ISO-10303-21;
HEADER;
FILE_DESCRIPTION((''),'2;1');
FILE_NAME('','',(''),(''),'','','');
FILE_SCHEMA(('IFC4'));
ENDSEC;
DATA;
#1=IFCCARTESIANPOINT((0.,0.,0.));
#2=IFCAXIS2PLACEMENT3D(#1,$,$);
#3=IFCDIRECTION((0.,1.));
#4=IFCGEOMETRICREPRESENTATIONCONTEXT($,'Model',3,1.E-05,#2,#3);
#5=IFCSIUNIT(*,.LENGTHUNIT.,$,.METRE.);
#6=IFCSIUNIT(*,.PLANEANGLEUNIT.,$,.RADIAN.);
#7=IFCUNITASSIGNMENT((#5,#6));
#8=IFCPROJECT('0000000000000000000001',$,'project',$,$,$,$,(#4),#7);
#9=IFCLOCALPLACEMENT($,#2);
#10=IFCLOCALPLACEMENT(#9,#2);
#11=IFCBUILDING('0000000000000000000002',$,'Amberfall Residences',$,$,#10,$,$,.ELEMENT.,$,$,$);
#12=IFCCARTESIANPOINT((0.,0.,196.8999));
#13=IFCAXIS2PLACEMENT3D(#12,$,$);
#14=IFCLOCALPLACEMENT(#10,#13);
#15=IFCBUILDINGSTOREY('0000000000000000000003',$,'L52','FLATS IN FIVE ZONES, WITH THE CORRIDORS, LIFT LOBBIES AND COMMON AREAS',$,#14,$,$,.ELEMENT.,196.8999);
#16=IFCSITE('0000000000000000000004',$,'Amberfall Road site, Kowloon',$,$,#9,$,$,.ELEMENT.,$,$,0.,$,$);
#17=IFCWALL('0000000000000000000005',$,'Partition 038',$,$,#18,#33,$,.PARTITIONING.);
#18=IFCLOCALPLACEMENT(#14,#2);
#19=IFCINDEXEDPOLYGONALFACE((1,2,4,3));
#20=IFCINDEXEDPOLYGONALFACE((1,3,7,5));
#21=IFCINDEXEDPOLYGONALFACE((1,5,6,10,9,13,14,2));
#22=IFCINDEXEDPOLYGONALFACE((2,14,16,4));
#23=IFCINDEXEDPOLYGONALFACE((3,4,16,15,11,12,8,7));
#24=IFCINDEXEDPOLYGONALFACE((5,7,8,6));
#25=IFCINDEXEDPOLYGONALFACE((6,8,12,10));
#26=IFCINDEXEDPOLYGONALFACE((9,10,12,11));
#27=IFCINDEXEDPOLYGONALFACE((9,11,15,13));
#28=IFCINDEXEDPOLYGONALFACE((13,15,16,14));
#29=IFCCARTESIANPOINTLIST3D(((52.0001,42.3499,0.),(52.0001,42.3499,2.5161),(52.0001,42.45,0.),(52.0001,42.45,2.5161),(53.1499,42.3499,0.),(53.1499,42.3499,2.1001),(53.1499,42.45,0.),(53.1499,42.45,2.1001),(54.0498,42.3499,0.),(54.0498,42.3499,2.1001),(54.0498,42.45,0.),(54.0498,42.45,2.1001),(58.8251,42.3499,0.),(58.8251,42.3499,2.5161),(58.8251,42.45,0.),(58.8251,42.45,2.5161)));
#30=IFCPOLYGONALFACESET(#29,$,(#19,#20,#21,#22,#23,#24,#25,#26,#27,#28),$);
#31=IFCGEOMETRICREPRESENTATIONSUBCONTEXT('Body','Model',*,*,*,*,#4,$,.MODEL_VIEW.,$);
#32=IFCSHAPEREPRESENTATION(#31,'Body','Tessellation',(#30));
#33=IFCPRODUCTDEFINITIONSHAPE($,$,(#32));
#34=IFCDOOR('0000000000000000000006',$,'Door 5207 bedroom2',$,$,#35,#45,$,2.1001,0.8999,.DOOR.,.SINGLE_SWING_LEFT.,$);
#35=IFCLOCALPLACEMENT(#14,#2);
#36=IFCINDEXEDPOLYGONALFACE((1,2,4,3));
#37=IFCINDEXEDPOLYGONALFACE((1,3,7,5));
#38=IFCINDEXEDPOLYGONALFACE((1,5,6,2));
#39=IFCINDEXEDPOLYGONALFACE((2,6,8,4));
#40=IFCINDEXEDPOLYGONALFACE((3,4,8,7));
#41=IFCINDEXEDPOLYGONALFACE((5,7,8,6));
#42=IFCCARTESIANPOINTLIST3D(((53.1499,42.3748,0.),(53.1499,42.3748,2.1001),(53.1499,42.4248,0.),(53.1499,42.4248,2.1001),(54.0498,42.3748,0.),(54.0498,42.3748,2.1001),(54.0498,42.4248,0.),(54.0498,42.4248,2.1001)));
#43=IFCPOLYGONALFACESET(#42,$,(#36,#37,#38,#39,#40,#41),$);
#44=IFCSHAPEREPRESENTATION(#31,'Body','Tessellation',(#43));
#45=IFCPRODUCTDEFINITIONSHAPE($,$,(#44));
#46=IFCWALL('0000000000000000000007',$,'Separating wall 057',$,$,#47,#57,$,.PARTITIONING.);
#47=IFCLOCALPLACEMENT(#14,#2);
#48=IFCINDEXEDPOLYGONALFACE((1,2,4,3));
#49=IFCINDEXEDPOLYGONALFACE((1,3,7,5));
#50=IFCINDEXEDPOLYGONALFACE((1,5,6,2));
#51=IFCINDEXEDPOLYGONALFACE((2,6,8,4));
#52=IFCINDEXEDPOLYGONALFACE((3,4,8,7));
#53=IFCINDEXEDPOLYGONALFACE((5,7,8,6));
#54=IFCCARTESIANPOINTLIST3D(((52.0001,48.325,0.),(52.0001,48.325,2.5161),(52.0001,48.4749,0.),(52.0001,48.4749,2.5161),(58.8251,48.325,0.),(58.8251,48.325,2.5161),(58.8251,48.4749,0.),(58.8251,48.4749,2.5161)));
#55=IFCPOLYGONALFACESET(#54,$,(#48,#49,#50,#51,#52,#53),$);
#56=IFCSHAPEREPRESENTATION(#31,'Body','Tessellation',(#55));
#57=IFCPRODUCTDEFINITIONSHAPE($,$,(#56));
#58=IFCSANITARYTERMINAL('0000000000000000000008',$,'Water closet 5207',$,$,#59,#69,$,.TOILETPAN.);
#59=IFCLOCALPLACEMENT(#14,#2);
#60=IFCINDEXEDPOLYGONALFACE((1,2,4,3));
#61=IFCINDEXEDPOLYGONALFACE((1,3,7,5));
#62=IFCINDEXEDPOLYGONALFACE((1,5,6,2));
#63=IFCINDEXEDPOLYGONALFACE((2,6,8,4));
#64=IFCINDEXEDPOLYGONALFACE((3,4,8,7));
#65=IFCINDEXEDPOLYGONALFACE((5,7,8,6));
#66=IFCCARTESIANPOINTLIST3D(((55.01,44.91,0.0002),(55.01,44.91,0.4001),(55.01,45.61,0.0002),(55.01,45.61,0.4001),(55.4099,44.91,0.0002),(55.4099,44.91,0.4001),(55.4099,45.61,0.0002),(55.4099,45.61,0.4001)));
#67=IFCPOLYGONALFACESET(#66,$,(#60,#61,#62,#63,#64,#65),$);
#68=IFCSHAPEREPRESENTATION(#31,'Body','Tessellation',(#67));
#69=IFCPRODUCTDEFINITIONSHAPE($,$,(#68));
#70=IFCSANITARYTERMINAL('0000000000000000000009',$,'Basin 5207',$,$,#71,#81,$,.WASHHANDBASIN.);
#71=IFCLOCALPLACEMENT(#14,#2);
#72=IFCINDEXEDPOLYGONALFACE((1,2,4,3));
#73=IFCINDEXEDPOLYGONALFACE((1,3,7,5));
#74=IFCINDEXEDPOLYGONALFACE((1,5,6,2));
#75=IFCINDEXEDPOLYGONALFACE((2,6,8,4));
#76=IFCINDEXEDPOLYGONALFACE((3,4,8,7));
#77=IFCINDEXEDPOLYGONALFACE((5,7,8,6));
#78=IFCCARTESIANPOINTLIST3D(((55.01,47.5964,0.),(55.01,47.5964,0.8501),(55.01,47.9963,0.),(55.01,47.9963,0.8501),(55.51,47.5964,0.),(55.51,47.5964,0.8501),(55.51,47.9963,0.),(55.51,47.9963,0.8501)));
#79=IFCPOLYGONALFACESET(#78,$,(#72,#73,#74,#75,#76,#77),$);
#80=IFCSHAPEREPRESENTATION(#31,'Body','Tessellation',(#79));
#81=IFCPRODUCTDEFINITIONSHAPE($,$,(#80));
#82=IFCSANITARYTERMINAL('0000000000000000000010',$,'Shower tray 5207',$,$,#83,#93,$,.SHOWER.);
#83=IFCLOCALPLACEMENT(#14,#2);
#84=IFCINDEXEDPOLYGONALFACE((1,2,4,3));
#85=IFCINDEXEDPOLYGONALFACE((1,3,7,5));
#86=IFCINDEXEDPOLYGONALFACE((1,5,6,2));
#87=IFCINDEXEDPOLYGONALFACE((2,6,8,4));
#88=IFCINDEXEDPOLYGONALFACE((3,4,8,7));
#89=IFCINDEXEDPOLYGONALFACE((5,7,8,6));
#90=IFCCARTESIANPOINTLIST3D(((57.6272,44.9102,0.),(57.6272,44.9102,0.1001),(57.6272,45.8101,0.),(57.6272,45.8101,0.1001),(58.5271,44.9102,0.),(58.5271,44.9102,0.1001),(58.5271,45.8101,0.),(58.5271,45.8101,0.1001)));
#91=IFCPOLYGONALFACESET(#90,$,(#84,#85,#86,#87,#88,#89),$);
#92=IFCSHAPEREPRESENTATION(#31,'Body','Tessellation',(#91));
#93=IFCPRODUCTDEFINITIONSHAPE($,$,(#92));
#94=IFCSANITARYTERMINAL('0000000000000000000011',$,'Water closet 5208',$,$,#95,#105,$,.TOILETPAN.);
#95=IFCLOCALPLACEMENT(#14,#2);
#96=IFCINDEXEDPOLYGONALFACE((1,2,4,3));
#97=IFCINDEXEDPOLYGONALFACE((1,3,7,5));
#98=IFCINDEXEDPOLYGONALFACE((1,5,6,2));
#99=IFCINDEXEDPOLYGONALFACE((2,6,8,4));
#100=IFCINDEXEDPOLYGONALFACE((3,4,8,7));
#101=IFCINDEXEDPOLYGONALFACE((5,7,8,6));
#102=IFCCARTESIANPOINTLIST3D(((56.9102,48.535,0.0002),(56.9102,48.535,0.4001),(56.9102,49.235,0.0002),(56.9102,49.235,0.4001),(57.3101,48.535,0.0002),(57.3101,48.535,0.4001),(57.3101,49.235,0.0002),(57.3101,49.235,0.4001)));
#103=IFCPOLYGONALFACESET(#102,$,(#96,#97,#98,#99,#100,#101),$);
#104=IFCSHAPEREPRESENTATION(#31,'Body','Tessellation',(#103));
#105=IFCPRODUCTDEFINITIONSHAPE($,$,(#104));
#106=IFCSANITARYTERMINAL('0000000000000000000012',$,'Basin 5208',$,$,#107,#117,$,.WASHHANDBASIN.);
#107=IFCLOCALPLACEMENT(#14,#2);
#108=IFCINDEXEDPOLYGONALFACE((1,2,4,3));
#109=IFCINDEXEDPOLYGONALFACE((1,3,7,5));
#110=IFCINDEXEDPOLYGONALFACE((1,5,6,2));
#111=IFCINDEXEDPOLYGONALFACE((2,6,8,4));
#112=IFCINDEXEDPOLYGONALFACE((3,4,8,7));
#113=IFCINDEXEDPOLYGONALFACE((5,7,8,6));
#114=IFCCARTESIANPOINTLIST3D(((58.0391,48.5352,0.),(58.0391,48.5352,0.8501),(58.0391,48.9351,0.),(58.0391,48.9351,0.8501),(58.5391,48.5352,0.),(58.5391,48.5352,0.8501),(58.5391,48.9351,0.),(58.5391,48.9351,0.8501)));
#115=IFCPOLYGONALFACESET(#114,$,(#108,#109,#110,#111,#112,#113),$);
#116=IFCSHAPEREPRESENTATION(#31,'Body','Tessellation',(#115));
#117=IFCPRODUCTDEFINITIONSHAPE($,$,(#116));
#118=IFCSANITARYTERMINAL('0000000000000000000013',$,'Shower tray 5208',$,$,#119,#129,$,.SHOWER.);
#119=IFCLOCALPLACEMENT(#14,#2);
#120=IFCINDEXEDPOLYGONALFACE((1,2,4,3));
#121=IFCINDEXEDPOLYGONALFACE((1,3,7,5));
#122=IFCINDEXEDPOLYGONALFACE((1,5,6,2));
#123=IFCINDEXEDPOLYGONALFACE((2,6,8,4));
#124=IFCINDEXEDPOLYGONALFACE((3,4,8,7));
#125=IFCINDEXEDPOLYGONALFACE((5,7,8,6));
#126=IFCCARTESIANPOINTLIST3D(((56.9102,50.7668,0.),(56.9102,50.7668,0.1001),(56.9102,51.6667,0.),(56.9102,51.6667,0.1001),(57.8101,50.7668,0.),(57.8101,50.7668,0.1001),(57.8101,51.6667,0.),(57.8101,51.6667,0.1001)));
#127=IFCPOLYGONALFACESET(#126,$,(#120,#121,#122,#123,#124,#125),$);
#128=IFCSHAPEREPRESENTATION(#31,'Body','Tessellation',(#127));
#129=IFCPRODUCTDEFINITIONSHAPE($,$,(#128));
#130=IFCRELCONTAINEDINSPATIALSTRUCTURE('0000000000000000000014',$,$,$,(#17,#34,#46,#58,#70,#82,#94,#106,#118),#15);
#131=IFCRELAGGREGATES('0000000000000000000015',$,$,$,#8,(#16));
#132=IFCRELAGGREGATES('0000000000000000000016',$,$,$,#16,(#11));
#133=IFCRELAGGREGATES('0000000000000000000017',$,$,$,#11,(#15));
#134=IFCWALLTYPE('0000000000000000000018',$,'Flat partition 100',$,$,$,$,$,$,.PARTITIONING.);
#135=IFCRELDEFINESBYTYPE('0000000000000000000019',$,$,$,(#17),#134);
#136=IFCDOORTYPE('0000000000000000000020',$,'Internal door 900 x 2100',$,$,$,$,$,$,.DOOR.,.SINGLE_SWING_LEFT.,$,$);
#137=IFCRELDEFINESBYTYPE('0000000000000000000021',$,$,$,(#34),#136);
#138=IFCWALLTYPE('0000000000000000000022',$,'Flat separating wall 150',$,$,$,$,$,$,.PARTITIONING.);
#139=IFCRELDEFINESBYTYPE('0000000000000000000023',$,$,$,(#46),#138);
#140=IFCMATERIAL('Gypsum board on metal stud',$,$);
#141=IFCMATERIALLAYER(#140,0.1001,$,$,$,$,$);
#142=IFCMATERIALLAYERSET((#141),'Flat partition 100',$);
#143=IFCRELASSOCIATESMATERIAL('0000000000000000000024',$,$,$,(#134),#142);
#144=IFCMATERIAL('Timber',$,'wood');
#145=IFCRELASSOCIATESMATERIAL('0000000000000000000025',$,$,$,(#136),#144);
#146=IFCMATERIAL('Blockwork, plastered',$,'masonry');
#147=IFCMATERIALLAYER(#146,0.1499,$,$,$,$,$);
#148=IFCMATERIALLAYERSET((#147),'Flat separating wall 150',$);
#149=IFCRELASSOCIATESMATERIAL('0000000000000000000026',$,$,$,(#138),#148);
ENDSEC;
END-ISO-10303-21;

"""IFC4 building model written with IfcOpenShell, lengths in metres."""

from ifc_helpers import new_model, si_unit, direction, frame, frame_2d, origin, origin_2d, place, context, subcontext, project, spatial, rectangle, extrude, material, layer, layer_set, type_object, element, fill, save


model = new_model("IFC4")

# Units and contexts
model_context = context("Model", 3, precision=1e-05, world=origin(), true_north=direction((0.0, 1.0)))
body_context = subcontext(model_context, "Body", "Model", "MODEL_VIEW")
ifc_project = project(units=[si_unit("LENGTHUNIT", "METRE"), si_unit("PLANEANGLEUNIT", "RADIAN")], contexts=[model_context])

# Site, building, storey
site_placement = place(None, origin())
site = spatial("IfcSite", under=ifc_project, at=site_placement, Name="Amberfall Road site, Kowloon", CompositionType="ELEMENT", RefElevation=0.0)
building_placement = place(site_placement, origin())
building = spatial("IfcBuilding", under=site, at=building_placement, Name="Amberfall Residences", CompositionType="ELEMENT")
storey_placement = place(building_placement, frame((0.0, 0.0, 196.8999)))
storey = spatial("IfcBuildingStorey", under=building, at=storey_placement, Name="L52", Description="FLATS IN FIVE ZONES, WITH THE CORRIDORS, LIFT LOBBIES AND COMMON AREAS", CompositionType="ELEMENT", Elevation=196.8999)

# Shared definitions
ifc_material_1 = material(Name="Gypsum board on metal stud")
ifc_layer_1 = layer(ifc_material_1, 0.1001)
ifc_layer_set_1 = layer_set([ifc_layer_1], Name="Flat partition 100")
wall_type_1 = type_object("IfcWallType", Name="Flat partition 100", PredefinedType="PARTITIONING", material=ifc_layer_set_1)

# Wall, opening, door
ifc_material_2 = material(Name="Timber", Category="wood")
wall_1_placement = place(storey_placement, frame((52.0, 42.3999, 0.0), z_axis=(0.0, 0.0, 1.0), x_axis=(1.0, 0.0, 0.0)))
wall_1 = element("IfcWall", 1, at=wall_1_placement, inside=storey, type_object=wall_type_1, Name="Partition 038", PredefinedType="PARTITIONING", context=body_context, shape_type="SweptSolid", body=[
    extrude(rectangle(XDim=6.825, YDim=0.1001, at=frame_2d((3.4126, 0.0))), origin(), (0.0, 0.0, 1.0), 2.5161),
])
opening_1_placement = place(wall_1_placement, frame((1.1499, 0.0, 0.0)))
opening_1 = element("IfcOpeningElement", 2, at=opening_1_placement, cuts=wall_1, PredefinedType="OPENING", context=body_context, shape_type="SweptSolid", body=[
    extrude(rectangle(XDim=0.8999, YDim=2.1001, at=frame_2d((0.45, 1.05))), frame((0.0, 0.0601, 0.0), z_axis=(0.0, -1.0, 0.0), x_axis=(1.0, 0.0, 0.0)), (0.0, 0.0, 1.0), 0.1201),
])
door_type_1 = type_object("IfcDoorType", Name="Internal door 900 x 2100", OperationType="SINGLE_SWING_LEFT", PredefinedType="DOOR", material=ifc_material_2)
door_1_placement = place(opening_1_placement, origin())
door_1 = element("IfcDoor", 3, at=door_1_placement, inside=storey, type_object=door_type_1, Name="Door 5207 bedroom2", OperationType="SINGLE_SWING_LEFT", OverallHeight=2.1001, OverallWidth=0.8999, PredefinedType="DOOR", context=body_context, shape_type="SweptSolid", body=[
    extrude(rectangle(XDim=0.8999, YDim=2.1001, at=frame_2d((0.45, 1.05))), frame((0.0, 0.0249, 0.0), z_axis=(0.0, -1.0, 0.0), x_axis=(1.0, 0.0, 0.0)), (0.0, 0.0, 1.0), 0.05),
])
fill(opening_1, door_1)

# Wall
ifc_material_3 = material(Name="Blockwork, plastered", Category="masonry")
ifc_layer_2 = layer(ifc_material_3, 0.1499)
ifc_layer_set_2 = layer_set([ifc_layer_2], Name="Flat separating wall 150")
wall_type_2 = type_object("IfcWallType", Name="Flat separating wall 150", PredefinedType="PARTITIONING", material=ifc_layer_set_2)
wall_2_placement = place(storey_placement, frame((52.0, 48.3999, 0.0), z_axis=(0.0, 0.0, 1.0), x_axis=(1.0, 0.0, 0.0)))
element("IfcWall", 4, at=wall_2_placement, inside=storey, type_object=wall_type_2, Name="Separating wall 057", PredefinedType="PARTITIONING", context=body_context, shape_type="SweptSolid", body=[
    extrude(rectangle(XDim=6.825, YDim=0.1499, at=frame_2d((3.4126, 0.0))), origin(), (0.0, 0.0, 1.0), 2.5161),
])

# Sanitary terminals
sanitary_terminal_1_placement = place(storey_placement, frame((55.21, 45.26, 0.0002), z_axis=(0.0, 0.0, 1.0), x_axis=(1.0, 0.0, 0.0)))
element("IfcSanitaryTerminal", 5, at=sanitary_terminal_1_placement, inside=storey, Name="Water closet 5207", PredefinedType="TOILETPAN", context=body_context, shape_type="SweptSolid", body=[
    extrude(rectangle(XDim=0.3999, YDim=0.7, at=origin_2d()), origin(), (0.0, 0.0, 1.0), 0.3999),
])
sanitary_terminal_2_placement = place(storey_placement, frame((55.26, 47.7964, 0.0), z_axis=(0.0, 0.0, 1.0), x_axis=(1.0, 0.0, 0.0)))
element("IfcSanitaryTerminal", 6, at=sanitary_terminal_2_placement, inside=storey, Name="Basin 5207", PredefinedType="WASHHANDBASIN", context=body_context, shape_type="SweptSolid", body=[
    extrude(rectangle(XDim=0.5, YDim=0.3999, at=origin_2d()), origin(), (0.0, 0.0, 1.0), 0.8501),
])
sanitary_terminal_3_placement = place(storey_placement, frame((58.0771, 45.3601, 0.0), z_axis=(0.0, 0.0, 1.0), x_axis=(1.0, 0.0, 0.0)))
element("IfcSanitaryTerminal", 7, at=sanitary_terminal_3_placement, inside=storey, Name="Shower tray 5207", PredefinedType="SHOWER", context=body_context, shape_type="SweptSolid", body=[
    extrude(rectangle(XDim=0.8999, YDim=0.8999, at=origin_2d()), origin(), (0.0, 0.0, 1.0), 0.1001),
])
sanitary_terminal_4_placement = place(storey_placement, frame((57.1101, 48.885, 0.0002), z_axis=(0.0, 0.0, 1.0), x_axis=(1.0, 0.0, 0.0)))
element("IfcSanitaryTerminal", 8, at=sanitary_terminal_4_placement, inside=storey, Name="Water closet 5208", PredefinedType="TOILETPAN", context=body_context, shape_type="SweptSolid", body=[
    extrude(rectangle(XDim=0.3999, YDim=0.7, at=origin_2d()), origin(), (0.0, 0.0, 1.0), 0.3999),
])
sanitary_terminal_5_placement = place(storey_placement, frame((58.2891, 48.7351, 0.0), z_axis=(0.0, 0.0, 1.0), x_axis=(1.0, 0.0, 0.0)))
element("IfcSanitaryTerminal", 9, at=sanitary_terminal_5_placement, inside=storey, Name="Basin 5208", PredefinedType="WASHHANDBASIN", context=body_context, shape_type="SweptSolid", body=[
    extrude(rectangle(XDim=0.5, YDim=0.3999, at=origin_2d()), origin(), (0.0, 0.0, 1.0), 0.8501),
])
sanitary_terminal_6_placement = place(storey_placement, frame((57.3601, 51.2168, 0.0), z_axis=(0.0, 0.0, 1.0), x_axis=(1.0, 0.0, 0.0)))
element("IfcSanitaryTerminal", 10, at=sanitary_terminal_6_placement, inside=storey, Name="Shower tray 5208", PredefinedType="SHOWER", context=body_context, shape_type="SweptSolid", body=[
    extrude(rectangle(XDim=0.8999, YDim=0.8999, at=origin_2d()), origin(), (0.0, 0.0, 1.0), 0.1001),
])

save(model, "model.ifc")
